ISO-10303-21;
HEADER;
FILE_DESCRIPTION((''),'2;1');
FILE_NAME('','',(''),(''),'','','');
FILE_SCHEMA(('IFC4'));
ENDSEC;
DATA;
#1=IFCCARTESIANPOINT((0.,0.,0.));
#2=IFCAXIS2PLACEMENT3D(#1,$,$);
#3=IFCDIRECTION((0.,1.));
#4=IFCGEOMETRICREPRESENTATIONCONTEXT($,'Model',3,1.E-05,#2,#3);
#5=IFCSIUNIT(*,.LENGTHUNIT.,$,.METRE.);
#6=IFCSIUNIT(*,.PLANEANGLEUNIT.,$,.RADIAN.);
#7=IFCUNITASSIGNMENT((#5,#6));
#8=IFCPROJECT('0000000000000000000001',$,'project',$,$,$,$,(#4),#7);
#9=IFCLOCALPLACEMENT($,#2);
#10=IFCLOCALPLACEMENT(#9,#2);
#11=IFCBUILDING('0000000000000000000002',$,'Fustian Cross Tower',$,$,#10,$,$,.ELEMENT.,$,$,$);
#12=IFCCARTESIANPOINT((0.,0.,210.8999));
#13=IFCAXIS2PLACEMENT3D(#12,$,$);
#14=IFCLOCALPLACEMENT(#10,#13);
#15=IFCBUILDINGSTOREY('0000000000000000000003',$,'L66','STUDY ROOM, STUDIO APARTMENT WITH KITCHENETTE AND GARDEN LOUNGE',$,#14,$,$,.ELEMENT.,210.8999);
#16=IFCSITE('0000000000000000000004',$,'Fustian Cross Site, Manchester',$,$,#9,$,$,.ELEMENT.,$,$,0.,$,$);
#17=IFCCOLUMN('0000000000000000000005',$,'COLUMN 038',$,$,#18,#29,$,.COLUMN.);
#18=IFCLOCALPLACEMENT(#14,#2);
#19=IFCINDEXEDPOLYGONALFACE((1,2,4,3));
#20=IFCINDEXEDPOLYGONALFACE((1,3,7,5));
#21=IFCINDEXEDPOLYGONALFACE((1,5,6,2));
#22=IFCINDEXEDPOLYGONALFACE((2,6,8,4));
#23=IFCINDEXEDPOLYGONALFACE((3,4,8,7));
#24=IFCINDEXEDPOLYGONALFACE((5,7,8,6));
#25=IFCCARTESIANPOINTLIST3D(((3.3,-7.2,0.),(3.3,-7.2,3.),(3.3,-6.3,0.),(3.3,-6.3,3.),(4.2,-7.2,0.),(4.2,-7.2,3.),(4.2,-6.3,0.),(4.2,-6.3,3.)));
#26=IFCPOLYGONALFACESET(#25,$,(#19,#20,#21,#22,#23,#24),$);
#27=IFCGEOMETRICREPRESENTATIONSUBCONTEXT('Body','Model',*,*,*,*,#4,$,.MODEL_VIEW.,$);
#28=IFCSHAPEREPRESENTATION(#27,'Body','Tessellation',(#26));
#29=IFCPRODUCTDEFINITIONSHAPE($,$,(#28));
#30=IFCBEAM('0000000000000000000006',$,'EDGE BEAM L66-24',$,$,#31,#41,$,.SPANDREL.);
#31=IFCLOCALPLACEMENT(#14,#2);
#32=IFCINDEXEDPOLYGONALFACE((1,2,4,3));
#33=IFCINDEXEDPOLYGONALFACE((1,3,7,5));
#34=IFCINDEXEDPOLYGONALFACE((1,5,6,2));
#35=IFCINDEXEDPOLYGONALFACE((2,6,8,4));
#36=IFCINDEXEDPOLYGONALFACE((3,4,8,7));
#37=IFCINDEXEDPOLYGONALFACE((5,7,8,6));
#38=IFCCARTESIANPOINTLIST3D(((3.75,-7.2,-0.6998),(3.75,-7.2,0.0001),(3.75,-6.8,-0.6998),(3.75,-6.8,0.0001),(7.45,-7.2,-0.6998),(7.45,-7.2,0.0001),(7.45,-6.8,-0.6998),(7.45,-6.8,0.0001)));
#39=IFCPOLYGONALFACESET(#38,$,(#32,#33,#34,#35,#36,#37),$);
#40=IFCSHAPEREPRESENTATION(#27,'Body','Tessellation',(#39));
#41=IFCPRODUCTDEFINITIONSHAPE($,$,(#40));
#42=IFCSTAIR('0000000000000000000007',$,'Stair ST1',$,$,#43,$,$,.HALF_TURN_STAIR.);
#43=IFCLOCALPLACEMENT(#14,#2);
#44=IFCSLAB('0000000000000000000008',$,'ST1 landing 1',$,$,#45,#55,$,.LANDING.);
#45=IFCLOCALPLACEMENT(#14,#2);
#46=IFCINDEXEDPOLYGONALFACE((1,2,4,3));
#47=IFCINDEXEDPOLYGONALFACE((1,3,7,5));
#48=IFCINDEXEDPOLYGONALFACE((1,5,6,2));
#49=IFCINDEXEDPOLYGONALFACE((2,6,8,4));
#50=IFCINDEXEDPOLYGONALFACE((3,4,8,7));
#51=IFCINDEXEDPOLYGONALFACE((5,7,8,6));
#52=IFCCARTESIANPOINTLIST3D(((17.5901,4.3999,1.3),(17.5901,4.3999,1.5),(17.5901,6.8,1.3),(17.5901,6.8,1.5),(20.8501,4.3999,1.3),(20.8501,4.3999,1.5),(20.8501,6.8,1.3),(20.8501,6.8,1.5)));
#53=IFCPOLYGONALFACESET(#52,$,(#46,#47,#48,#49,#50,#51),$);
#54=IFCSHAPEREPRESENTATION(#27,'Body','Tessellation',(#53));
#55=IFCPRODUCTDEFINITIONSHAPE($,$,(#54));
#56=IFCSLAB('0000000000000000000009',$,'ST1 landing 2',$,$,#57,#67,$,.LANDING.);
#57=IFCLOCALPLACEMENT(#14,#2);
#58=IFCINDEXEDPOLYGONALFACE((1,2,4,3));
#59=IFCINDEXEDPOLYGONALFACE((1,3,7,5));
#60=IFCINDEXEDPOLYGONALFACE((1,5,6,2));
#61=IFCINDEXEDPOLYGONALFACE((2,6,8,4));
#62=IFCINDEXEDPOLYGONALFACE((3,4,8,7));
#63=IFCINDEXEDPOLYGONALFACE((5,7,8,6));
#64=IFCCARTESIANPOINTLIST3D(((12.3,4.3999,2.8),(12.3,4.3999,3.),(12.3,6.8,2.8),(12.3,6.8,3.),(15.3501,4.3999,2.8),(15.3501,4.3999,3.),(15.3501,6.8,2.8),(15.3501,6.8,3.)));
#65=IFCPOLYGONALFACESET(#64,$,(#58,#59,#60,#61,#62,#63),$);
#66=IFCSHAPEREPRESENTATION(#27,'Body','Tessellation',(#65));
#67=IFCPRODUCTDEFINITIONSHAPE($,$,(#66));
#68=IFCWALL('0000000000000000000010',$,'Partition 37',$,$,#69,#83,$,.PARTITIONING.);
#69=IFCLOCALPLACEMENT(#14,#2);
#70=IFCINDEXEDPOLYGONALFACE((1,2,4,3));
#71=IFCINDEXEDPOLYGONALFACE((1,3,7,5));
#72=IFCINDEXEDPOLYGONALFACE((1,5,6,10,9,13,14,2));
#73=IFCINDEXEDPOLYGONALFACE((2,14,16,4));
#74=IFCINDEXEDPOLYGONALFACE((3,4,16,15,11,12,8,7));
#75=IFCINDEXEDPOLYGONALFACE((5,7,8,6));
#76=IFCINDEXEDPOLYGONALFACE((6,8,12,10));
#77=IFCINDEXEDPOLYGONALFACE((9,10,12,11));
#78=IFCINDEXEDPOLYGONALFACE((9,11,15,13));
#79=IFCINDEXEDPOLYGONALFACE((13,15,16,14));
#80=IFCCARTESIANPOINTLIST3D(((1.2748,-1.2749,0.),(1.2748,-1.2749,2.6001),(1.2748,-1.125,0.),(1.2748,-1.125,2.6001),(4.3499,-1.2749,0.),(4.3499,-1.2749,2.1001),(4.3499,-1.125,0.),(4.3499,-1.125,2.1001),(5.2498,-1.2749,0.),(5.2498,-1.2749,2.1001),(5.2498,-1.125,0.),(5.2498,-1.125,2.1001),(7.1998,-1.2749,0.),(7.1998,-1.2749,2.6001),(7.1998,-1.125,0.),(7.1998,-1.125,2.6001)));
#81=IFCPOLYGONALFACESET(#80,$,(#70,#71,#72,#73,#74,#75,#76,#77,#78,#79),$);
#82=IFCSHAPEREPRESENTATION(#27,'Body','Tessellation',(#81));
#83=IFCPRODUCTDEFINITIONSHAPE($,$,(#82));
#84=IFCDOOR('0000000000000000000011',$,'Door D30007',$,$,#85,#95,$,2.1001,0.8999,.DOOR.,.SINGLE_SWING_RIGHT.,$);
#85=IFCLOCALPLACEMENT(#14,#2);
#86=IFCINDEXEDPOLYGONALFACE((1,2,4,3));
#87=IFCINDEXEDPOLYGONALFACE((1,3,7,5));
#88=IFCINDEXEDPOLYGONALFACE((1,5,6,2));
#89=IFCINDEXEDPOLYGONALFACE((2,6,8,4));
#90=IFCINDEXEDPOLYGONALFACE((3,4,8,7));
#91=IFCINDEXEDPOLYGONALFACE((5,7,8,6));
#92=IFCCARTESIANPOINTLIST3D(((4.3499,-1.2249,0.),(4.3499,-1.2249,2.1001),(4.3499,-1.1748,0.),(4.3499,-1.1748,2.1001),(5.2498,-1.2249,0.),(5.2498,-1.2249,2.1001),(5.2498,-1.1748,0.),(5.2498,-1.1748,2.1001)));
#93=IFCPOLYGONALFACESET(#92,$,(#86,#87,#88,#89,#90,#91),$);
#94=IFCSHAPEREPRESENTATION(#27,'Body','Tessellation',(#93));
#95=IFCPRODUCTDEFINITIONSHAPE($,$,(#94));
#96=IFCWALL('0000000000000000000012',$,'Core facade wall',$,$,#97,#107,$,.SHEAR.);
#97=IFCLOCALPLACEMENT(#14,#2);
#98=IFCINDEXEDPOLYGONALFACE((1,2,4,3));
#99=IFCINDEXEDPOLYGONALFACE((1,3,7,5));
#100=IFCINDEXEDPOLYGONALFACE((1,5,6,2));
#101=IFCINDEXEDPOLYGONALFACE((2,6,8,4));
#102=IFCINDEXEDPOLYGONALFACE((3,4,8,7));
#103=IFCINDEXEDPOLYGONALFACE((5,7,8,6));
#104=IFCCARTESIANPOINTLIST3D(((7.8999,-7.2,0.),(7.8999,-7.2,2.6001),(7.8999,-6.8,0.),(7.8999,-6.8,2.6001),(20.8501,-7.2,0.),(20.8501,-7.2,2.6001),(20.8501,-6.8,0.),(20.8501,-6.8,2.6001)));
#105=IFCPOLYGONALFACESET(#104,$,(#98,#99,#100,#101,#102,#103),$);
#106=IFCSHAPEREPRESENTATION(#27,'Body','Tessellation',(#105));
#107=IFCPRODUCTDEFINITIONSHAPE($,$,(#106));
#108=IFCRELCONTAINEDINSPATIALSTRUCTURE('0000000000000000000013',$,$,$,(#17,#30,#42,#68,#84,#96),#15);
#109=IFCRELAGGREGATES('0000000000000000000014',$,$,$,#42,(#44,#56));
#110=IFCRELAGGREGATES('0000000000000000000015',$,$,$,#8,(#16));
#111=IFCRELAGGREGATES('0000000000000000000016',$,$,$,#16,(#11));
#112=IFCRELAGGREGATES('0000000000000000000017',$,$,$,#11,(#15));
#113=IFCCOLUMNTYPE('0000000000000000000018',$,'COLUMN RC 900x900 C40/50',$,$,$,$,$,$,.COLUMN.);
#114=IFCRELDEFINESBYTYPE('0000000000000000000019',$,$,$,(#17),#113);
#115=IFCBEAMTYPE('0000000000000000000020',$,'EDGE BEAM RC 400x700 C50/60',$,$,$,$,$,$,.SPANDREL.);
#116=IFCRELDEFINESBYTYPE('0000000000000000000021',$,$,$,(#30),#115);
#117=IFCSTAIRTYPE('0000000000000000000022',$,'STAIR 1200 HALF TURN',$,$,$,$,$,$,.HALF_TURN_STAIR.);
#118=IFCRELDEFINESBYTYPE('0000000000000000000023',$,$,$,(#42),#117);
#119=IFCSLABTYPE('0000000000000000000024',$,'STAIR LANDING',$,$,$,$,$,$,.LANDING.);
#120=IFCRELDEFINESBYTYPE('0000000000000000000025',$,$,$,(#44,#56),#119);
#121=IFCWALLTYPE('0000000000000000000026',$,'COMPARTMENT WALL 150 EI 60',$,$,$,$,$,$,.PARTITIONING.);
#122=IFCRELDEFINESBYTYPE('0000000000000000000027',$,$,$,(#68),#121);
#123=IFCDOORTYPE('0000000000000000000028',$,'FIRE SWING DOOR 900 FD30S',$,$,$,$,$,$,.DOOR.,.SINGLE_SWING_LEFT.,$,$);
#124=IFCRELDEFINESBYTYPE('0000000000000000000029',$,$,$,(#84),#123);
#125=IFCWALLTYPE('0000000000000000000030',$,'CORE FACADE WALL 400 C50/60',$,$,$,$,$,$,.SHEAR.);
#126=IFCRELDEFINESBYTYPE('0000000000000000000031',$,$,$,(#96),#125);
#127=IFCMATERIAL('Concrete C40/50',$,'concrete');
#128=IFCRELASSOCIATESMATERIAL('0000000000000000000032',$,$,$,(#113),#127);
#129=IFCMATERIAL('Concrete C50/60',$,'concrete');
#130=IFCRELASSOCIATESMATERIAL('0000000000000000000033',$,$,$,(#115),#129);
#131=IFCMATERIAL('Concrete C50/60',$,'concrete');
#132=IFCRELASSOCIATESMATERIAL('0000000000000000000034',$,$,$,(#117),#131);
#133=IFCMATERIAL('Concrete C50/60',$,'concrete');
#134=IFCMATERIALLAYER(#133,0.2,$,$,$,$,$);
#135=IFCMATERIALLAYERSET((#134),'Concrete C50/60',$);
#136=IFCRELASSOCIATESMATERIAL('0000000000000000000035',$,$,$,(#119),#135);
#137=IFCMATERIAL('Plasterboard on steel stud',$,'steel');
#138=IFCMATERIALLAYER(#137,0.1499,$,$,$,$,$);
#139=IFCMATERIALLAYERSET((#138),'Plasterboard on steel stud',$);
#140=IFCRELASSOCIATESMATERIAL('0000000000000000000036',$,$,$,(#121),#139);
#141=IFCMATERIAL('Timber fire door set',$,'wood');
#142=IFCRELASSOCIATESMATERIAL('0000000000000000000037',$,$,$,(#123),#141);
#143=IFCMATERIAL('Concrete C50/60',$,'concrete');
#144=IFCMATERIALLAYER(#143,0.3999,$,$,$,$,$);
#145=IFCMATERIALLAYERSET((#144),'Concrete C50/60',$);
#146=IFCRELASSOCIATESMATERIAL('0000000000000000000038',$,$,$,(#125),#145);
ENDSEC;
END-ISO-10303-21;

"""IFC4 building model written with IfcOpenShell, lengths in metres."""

from ifc_helpers import new_model, si_unit, direction, frame, frame_2d, origin, origin_2d, place, context, subcontext, project, spatial, polyline, rectangle, outline, extrude, material, layer, layer_set, material_profile, profile_set, type_object, element, fill, aggregate, save


model = new_model("IFC4")

# Units and contexts
model_context = context("Model", 3, precision=1e-05, world=origin(), true_north=direction((0.0, 1.0)))
body_context = subcontext(model_context, "Body", "Model", "MODEL_VIEW")
ifc_project = project(units=[si_unit("LENGTHUNIT", "METRE"), si_unit("PLANEANGLEUNIT", "RADIAN")], contexts=[model_context])

# Site, building, storey
site_placement = place(None, origin())
site = spatial("IfcSite", under=ifc_project, at=site_placement, Name="Fustian Cross Site, Manchester", CompositionType="ELEMENT", RefElevation=0.0)
building_placement = place(site_placement, origin())
building = spatial("IfcBuilding", under=site, at=building_placement, Name="Fustian Cross Tower", CompositionType="ELEMENT")
storey_placement = place(building_placement, frame((0.0, 0.0, 210.8999)))
storey = spatial("IfcBuildingStorey", under=building, at=storey_placement, Name="L66", Description="STUDY ROOM, STUDIO APARTMENT WITH KITCHENETTE AND GARDEN LOUNGE", CompositionType="ELEMENT", Elevation=210.8999)

# Column
ifc_material_1 = material(Name="Concrete C40/50", Category="concrete")
ifc_material_profile_1 = material_profile(ifc_material_1, rectangle(XDim=0.8999, YDim=0.8999, at=origin_2d()), Name="RC 900x900")
ifc_profile_set_1 = profile_set([ifc_material_profile_1], Name="Concrete C40/50")
column_type = type_object("IfcColumnType", Name="COLUMN RC 900x900 C40/50", PredefinedType="COLUMN", material=ifc_profile_set_1)
column_placement = place(storey_placement, frame((3.75, -6.75, 0.0), z_axis=(0.0, 0.0, 1.0), x_axis=(1.0, 0.0, 0.0)))
element("IfcColumn", 1, at=column_placement, inside=storey, type_object=column_type, Name="COLUMN 038", PredefinedType="COLUMN", context=body_context, shape_type="SweptSolid", body=[
    extrude(rectangle(XDim=0.8999, YDim=0.8999, at=origin_2d()), origin(), (0.0, 0.0, 1.0), 3.0),
])

# Beam
ifc_material_2 = material(Name="Concrete C50/60", Category="concrete")
ifc_material_profile_2 = material_profile(ifc_material_2, rectangle(XDim=0.3999, YDim=0.7, at=origin_2d()), Name="RC 400x700")
ifc_profile_set_2 = profile_set([ifc_material_profile_2], Name="Concrete C50/60")
beam_type = type_object("IfcBeamType", Name="EDGE BEAM RC 400x700 C50/60", PredefinedType="SPANDREL", material=ifc_profile_set_2)
beam_placement = place(storey_placement, frame((3.75, -7.0, -0.3499), z_axis=(1.0, 0.0, 0.0), x_axis=(0.0, 1.0, 0.0)))
element("IfcBeam", 2, at=beam_placement, inside=storey, type_object=beam_type, Name="EDGE BEAM L66-24", PredefinedType="SPANDREL", context=body_context, shape_type="SweptSolid", body=[
    extrude(rectangle(XDim=0.3999, YDim=0.7, at=origin_2d()), origin(), (0.0, 0.0, 1.0), 3.7),
])

# Stair, slabs
ifc_material_3 = material(Name="Concrete C50/60", Category="concrete")
stair_type = type_object("IfcStairType", Name="STAIR 1200 HALF TURN", PredefinedType="HALF_TURN_STAIR", material=ifc_material_3)
stair_placement = place(storey_placement, origin())
stair = element("IfcStair", 3, at=stair_placement, inside=storey, type_object=stair_type, Name="Stair ST1", PredefinedType="HALF_TURN_STAIR")
ifc_material_4 = material(Name="Concrete C50/60", Category="concrete")
ifc_layer_1 = layer(ifc_material_4, 0.2)
ifc_layer_set_1 = layer_set([ifc_layer_1], Name="Concrete C50/60")
slab_type = type_object("IfcSlabType", Name="STAIR LANDING", PredefinedType="LANDING", material=ifc_layer_set_1)
slab_1_placement = place(storey_placement, frame((0.0, 0.0, 1.3)))
slab_1 = element("IfcSlab", 4, at=slab_1_placement, type_object=slab_type, Name="ST1 landing 1", PredefinedType="LANDING", context=body_context, shape_type="SweptSolid", body=[
    extrude(outline(polyline([(17.5901, 4.3999), (20.8501, 4.3999), (20.8501, 6.8), (17.5901, 6.8), (17.5901, 4.3999)])), origin(), (0.0, 0.0, 1.0), 0.2),
])
slab_2_placement = place(storey_placement, frame((0.0, 0.0, 2.8)))
slab_2 = element("IfcSlab", 5, at=slab_2_placement, type_object=slab_type, Name="ST1 landing 2", PredefinedType="LANDING", context=body_context, shape_type="SweptSolid", body=[
    extrude(outline(polyline([(12.3, 4.3999), (15.3501, 4.3999), (15.3501, 6.8), (12.3, 6.8), (12.3, 4.3999)])), origin(), (0.0, 0.0, 1.0), 0.2),
])
aggregate(stair, [slab_1, slab_2])

# Wall, opening, door
ifc_material_5 = material(Name="Plasterboard on steel stud", Category="steel")
ifc_layer_2 = layer(ifc_material_5, 0.1499)
ifc_layer_set_2 = layer_set([ifc_layer_2], Name="Plasterboard on steel stud")
wall_type_1 = type_object("IfcWallType", Name="COMPARTMENT WALL 150 EI 60", PredefinedType="PARTITIONING", material=ifc_layer_set_2)
wall_1_placement = place(storey_placement, frame((1.2749, -1.2, 0.0), z_axis=(0.0, 0.0, 1.0), x_axis=(1.0, 0.0, 0.0)))
wall_1 = element("IfcWall", 6, at=wall_1_placement, inside=storey, type_object=wall_type_1, Name="Partition 37", PredefinedType="PARTITIONING", context=body_context, shape_type="SweptSolid", body=[
    extrude(rectangle(XDim=5.925, YDim=0.1499, at=frame_2d((2.9624, 0.0))), origin(), (0.0, 0.0, 1.0), 2.6001),
])
opening_1_placement = place(wall_1_placement, frame((3.075, 0.0, 0.0)))
opening_1 = element("IfcOpeningElement", 7, at=opening_1_placement, cuts=wall_1, PredefinedType="OPENING", context=body_context, shape_type="SweptSolid", body=[
    extrude(rectangle(XDim=0.8999, YDim=2.1001, at=frame_2d((0.45, 1.05))), frame((0.0, 0.085, 0.0), z_axis=(0.0, -1.0, 0.0), x_axis=(1.0, 0.0, 0.0)), (0.0, 0.0, 1.0), 0.1699),
])
ifc_material_6 = material(Name="Timber fire door set", Category="wood")
door_type_1 = type_object("IfcDoorType", Name="FIRE SWING DOOR 900 FD30S", OperationType="SINGLE_SWING_LEFT", PredefinedType="DOOR", material=ifc_material_6)
door_1_placement = place(opening_1_placement, frame((0.8999, 0.0, 0.0), z_axis=(0.0, 0.0, 1.0), x_axis=(-1.0, 0.0, 0.0)))
door_1 = element("IfcDoor", 8, at=door_1_placement, inside=storey, type_object=door_type_1, Name="Door D30007", OperationType="SINGLE_SWING_RIGHT", OverallHeight=2.1001, OverallWidth=0.8999, PredefinedType="DOOR", context=body_context, shape_type="SweptSolid", body=[
    extrude(rectangle(XDim=0.8999, YDim=2.1001, at=frame_2d((0.45, 1.05))), frame((0.0, 0.0249, 0.0), z_axis=(0.0, -1.0, 0.0), x_axis=(1.0, 0.0, 0.0)), (0.0, 0.0, 1.0), 0.05),
])
fill(opening_1, door_1)

# Wall
ifc_material_7 = material(Name="Concrete C50/60", Category="concrete")
ifc_layer_3 = layer(ifc_material_7, 0.3999)
ifc_layer_set_3 = layer_set([ifc_layer_3], Name="Concrete C50/60")
wall_type_2 = type_object("IfcWallType", Name="CORE FACADE WALL 400 C50/60", PredefinedType="SHEAR", material=ifc_layer_set_3)
wall_2_placement = place(storey_placement, frame((7.8999, -7.0, 0.0), z_axis=(0.0, 0.0, 1.0), x_axis=(1.0, 0.0, 0.0)))
element("IfcWall", 9, at=wall_2_placement, inside=storey, type_object=wall_type_2, Name="Core facade wall", PredefinedType="SHEAR", context=body_context, shape_type="SweptSolid", body=[
    extrude(rectangle(XDim=12.9502, YDim=0.3999, at=frame_2d((6.4751, 0.0))), origin(), (0.0, 0.0, 1.0), 2.6001),
])

save(model, "model.ifc")
